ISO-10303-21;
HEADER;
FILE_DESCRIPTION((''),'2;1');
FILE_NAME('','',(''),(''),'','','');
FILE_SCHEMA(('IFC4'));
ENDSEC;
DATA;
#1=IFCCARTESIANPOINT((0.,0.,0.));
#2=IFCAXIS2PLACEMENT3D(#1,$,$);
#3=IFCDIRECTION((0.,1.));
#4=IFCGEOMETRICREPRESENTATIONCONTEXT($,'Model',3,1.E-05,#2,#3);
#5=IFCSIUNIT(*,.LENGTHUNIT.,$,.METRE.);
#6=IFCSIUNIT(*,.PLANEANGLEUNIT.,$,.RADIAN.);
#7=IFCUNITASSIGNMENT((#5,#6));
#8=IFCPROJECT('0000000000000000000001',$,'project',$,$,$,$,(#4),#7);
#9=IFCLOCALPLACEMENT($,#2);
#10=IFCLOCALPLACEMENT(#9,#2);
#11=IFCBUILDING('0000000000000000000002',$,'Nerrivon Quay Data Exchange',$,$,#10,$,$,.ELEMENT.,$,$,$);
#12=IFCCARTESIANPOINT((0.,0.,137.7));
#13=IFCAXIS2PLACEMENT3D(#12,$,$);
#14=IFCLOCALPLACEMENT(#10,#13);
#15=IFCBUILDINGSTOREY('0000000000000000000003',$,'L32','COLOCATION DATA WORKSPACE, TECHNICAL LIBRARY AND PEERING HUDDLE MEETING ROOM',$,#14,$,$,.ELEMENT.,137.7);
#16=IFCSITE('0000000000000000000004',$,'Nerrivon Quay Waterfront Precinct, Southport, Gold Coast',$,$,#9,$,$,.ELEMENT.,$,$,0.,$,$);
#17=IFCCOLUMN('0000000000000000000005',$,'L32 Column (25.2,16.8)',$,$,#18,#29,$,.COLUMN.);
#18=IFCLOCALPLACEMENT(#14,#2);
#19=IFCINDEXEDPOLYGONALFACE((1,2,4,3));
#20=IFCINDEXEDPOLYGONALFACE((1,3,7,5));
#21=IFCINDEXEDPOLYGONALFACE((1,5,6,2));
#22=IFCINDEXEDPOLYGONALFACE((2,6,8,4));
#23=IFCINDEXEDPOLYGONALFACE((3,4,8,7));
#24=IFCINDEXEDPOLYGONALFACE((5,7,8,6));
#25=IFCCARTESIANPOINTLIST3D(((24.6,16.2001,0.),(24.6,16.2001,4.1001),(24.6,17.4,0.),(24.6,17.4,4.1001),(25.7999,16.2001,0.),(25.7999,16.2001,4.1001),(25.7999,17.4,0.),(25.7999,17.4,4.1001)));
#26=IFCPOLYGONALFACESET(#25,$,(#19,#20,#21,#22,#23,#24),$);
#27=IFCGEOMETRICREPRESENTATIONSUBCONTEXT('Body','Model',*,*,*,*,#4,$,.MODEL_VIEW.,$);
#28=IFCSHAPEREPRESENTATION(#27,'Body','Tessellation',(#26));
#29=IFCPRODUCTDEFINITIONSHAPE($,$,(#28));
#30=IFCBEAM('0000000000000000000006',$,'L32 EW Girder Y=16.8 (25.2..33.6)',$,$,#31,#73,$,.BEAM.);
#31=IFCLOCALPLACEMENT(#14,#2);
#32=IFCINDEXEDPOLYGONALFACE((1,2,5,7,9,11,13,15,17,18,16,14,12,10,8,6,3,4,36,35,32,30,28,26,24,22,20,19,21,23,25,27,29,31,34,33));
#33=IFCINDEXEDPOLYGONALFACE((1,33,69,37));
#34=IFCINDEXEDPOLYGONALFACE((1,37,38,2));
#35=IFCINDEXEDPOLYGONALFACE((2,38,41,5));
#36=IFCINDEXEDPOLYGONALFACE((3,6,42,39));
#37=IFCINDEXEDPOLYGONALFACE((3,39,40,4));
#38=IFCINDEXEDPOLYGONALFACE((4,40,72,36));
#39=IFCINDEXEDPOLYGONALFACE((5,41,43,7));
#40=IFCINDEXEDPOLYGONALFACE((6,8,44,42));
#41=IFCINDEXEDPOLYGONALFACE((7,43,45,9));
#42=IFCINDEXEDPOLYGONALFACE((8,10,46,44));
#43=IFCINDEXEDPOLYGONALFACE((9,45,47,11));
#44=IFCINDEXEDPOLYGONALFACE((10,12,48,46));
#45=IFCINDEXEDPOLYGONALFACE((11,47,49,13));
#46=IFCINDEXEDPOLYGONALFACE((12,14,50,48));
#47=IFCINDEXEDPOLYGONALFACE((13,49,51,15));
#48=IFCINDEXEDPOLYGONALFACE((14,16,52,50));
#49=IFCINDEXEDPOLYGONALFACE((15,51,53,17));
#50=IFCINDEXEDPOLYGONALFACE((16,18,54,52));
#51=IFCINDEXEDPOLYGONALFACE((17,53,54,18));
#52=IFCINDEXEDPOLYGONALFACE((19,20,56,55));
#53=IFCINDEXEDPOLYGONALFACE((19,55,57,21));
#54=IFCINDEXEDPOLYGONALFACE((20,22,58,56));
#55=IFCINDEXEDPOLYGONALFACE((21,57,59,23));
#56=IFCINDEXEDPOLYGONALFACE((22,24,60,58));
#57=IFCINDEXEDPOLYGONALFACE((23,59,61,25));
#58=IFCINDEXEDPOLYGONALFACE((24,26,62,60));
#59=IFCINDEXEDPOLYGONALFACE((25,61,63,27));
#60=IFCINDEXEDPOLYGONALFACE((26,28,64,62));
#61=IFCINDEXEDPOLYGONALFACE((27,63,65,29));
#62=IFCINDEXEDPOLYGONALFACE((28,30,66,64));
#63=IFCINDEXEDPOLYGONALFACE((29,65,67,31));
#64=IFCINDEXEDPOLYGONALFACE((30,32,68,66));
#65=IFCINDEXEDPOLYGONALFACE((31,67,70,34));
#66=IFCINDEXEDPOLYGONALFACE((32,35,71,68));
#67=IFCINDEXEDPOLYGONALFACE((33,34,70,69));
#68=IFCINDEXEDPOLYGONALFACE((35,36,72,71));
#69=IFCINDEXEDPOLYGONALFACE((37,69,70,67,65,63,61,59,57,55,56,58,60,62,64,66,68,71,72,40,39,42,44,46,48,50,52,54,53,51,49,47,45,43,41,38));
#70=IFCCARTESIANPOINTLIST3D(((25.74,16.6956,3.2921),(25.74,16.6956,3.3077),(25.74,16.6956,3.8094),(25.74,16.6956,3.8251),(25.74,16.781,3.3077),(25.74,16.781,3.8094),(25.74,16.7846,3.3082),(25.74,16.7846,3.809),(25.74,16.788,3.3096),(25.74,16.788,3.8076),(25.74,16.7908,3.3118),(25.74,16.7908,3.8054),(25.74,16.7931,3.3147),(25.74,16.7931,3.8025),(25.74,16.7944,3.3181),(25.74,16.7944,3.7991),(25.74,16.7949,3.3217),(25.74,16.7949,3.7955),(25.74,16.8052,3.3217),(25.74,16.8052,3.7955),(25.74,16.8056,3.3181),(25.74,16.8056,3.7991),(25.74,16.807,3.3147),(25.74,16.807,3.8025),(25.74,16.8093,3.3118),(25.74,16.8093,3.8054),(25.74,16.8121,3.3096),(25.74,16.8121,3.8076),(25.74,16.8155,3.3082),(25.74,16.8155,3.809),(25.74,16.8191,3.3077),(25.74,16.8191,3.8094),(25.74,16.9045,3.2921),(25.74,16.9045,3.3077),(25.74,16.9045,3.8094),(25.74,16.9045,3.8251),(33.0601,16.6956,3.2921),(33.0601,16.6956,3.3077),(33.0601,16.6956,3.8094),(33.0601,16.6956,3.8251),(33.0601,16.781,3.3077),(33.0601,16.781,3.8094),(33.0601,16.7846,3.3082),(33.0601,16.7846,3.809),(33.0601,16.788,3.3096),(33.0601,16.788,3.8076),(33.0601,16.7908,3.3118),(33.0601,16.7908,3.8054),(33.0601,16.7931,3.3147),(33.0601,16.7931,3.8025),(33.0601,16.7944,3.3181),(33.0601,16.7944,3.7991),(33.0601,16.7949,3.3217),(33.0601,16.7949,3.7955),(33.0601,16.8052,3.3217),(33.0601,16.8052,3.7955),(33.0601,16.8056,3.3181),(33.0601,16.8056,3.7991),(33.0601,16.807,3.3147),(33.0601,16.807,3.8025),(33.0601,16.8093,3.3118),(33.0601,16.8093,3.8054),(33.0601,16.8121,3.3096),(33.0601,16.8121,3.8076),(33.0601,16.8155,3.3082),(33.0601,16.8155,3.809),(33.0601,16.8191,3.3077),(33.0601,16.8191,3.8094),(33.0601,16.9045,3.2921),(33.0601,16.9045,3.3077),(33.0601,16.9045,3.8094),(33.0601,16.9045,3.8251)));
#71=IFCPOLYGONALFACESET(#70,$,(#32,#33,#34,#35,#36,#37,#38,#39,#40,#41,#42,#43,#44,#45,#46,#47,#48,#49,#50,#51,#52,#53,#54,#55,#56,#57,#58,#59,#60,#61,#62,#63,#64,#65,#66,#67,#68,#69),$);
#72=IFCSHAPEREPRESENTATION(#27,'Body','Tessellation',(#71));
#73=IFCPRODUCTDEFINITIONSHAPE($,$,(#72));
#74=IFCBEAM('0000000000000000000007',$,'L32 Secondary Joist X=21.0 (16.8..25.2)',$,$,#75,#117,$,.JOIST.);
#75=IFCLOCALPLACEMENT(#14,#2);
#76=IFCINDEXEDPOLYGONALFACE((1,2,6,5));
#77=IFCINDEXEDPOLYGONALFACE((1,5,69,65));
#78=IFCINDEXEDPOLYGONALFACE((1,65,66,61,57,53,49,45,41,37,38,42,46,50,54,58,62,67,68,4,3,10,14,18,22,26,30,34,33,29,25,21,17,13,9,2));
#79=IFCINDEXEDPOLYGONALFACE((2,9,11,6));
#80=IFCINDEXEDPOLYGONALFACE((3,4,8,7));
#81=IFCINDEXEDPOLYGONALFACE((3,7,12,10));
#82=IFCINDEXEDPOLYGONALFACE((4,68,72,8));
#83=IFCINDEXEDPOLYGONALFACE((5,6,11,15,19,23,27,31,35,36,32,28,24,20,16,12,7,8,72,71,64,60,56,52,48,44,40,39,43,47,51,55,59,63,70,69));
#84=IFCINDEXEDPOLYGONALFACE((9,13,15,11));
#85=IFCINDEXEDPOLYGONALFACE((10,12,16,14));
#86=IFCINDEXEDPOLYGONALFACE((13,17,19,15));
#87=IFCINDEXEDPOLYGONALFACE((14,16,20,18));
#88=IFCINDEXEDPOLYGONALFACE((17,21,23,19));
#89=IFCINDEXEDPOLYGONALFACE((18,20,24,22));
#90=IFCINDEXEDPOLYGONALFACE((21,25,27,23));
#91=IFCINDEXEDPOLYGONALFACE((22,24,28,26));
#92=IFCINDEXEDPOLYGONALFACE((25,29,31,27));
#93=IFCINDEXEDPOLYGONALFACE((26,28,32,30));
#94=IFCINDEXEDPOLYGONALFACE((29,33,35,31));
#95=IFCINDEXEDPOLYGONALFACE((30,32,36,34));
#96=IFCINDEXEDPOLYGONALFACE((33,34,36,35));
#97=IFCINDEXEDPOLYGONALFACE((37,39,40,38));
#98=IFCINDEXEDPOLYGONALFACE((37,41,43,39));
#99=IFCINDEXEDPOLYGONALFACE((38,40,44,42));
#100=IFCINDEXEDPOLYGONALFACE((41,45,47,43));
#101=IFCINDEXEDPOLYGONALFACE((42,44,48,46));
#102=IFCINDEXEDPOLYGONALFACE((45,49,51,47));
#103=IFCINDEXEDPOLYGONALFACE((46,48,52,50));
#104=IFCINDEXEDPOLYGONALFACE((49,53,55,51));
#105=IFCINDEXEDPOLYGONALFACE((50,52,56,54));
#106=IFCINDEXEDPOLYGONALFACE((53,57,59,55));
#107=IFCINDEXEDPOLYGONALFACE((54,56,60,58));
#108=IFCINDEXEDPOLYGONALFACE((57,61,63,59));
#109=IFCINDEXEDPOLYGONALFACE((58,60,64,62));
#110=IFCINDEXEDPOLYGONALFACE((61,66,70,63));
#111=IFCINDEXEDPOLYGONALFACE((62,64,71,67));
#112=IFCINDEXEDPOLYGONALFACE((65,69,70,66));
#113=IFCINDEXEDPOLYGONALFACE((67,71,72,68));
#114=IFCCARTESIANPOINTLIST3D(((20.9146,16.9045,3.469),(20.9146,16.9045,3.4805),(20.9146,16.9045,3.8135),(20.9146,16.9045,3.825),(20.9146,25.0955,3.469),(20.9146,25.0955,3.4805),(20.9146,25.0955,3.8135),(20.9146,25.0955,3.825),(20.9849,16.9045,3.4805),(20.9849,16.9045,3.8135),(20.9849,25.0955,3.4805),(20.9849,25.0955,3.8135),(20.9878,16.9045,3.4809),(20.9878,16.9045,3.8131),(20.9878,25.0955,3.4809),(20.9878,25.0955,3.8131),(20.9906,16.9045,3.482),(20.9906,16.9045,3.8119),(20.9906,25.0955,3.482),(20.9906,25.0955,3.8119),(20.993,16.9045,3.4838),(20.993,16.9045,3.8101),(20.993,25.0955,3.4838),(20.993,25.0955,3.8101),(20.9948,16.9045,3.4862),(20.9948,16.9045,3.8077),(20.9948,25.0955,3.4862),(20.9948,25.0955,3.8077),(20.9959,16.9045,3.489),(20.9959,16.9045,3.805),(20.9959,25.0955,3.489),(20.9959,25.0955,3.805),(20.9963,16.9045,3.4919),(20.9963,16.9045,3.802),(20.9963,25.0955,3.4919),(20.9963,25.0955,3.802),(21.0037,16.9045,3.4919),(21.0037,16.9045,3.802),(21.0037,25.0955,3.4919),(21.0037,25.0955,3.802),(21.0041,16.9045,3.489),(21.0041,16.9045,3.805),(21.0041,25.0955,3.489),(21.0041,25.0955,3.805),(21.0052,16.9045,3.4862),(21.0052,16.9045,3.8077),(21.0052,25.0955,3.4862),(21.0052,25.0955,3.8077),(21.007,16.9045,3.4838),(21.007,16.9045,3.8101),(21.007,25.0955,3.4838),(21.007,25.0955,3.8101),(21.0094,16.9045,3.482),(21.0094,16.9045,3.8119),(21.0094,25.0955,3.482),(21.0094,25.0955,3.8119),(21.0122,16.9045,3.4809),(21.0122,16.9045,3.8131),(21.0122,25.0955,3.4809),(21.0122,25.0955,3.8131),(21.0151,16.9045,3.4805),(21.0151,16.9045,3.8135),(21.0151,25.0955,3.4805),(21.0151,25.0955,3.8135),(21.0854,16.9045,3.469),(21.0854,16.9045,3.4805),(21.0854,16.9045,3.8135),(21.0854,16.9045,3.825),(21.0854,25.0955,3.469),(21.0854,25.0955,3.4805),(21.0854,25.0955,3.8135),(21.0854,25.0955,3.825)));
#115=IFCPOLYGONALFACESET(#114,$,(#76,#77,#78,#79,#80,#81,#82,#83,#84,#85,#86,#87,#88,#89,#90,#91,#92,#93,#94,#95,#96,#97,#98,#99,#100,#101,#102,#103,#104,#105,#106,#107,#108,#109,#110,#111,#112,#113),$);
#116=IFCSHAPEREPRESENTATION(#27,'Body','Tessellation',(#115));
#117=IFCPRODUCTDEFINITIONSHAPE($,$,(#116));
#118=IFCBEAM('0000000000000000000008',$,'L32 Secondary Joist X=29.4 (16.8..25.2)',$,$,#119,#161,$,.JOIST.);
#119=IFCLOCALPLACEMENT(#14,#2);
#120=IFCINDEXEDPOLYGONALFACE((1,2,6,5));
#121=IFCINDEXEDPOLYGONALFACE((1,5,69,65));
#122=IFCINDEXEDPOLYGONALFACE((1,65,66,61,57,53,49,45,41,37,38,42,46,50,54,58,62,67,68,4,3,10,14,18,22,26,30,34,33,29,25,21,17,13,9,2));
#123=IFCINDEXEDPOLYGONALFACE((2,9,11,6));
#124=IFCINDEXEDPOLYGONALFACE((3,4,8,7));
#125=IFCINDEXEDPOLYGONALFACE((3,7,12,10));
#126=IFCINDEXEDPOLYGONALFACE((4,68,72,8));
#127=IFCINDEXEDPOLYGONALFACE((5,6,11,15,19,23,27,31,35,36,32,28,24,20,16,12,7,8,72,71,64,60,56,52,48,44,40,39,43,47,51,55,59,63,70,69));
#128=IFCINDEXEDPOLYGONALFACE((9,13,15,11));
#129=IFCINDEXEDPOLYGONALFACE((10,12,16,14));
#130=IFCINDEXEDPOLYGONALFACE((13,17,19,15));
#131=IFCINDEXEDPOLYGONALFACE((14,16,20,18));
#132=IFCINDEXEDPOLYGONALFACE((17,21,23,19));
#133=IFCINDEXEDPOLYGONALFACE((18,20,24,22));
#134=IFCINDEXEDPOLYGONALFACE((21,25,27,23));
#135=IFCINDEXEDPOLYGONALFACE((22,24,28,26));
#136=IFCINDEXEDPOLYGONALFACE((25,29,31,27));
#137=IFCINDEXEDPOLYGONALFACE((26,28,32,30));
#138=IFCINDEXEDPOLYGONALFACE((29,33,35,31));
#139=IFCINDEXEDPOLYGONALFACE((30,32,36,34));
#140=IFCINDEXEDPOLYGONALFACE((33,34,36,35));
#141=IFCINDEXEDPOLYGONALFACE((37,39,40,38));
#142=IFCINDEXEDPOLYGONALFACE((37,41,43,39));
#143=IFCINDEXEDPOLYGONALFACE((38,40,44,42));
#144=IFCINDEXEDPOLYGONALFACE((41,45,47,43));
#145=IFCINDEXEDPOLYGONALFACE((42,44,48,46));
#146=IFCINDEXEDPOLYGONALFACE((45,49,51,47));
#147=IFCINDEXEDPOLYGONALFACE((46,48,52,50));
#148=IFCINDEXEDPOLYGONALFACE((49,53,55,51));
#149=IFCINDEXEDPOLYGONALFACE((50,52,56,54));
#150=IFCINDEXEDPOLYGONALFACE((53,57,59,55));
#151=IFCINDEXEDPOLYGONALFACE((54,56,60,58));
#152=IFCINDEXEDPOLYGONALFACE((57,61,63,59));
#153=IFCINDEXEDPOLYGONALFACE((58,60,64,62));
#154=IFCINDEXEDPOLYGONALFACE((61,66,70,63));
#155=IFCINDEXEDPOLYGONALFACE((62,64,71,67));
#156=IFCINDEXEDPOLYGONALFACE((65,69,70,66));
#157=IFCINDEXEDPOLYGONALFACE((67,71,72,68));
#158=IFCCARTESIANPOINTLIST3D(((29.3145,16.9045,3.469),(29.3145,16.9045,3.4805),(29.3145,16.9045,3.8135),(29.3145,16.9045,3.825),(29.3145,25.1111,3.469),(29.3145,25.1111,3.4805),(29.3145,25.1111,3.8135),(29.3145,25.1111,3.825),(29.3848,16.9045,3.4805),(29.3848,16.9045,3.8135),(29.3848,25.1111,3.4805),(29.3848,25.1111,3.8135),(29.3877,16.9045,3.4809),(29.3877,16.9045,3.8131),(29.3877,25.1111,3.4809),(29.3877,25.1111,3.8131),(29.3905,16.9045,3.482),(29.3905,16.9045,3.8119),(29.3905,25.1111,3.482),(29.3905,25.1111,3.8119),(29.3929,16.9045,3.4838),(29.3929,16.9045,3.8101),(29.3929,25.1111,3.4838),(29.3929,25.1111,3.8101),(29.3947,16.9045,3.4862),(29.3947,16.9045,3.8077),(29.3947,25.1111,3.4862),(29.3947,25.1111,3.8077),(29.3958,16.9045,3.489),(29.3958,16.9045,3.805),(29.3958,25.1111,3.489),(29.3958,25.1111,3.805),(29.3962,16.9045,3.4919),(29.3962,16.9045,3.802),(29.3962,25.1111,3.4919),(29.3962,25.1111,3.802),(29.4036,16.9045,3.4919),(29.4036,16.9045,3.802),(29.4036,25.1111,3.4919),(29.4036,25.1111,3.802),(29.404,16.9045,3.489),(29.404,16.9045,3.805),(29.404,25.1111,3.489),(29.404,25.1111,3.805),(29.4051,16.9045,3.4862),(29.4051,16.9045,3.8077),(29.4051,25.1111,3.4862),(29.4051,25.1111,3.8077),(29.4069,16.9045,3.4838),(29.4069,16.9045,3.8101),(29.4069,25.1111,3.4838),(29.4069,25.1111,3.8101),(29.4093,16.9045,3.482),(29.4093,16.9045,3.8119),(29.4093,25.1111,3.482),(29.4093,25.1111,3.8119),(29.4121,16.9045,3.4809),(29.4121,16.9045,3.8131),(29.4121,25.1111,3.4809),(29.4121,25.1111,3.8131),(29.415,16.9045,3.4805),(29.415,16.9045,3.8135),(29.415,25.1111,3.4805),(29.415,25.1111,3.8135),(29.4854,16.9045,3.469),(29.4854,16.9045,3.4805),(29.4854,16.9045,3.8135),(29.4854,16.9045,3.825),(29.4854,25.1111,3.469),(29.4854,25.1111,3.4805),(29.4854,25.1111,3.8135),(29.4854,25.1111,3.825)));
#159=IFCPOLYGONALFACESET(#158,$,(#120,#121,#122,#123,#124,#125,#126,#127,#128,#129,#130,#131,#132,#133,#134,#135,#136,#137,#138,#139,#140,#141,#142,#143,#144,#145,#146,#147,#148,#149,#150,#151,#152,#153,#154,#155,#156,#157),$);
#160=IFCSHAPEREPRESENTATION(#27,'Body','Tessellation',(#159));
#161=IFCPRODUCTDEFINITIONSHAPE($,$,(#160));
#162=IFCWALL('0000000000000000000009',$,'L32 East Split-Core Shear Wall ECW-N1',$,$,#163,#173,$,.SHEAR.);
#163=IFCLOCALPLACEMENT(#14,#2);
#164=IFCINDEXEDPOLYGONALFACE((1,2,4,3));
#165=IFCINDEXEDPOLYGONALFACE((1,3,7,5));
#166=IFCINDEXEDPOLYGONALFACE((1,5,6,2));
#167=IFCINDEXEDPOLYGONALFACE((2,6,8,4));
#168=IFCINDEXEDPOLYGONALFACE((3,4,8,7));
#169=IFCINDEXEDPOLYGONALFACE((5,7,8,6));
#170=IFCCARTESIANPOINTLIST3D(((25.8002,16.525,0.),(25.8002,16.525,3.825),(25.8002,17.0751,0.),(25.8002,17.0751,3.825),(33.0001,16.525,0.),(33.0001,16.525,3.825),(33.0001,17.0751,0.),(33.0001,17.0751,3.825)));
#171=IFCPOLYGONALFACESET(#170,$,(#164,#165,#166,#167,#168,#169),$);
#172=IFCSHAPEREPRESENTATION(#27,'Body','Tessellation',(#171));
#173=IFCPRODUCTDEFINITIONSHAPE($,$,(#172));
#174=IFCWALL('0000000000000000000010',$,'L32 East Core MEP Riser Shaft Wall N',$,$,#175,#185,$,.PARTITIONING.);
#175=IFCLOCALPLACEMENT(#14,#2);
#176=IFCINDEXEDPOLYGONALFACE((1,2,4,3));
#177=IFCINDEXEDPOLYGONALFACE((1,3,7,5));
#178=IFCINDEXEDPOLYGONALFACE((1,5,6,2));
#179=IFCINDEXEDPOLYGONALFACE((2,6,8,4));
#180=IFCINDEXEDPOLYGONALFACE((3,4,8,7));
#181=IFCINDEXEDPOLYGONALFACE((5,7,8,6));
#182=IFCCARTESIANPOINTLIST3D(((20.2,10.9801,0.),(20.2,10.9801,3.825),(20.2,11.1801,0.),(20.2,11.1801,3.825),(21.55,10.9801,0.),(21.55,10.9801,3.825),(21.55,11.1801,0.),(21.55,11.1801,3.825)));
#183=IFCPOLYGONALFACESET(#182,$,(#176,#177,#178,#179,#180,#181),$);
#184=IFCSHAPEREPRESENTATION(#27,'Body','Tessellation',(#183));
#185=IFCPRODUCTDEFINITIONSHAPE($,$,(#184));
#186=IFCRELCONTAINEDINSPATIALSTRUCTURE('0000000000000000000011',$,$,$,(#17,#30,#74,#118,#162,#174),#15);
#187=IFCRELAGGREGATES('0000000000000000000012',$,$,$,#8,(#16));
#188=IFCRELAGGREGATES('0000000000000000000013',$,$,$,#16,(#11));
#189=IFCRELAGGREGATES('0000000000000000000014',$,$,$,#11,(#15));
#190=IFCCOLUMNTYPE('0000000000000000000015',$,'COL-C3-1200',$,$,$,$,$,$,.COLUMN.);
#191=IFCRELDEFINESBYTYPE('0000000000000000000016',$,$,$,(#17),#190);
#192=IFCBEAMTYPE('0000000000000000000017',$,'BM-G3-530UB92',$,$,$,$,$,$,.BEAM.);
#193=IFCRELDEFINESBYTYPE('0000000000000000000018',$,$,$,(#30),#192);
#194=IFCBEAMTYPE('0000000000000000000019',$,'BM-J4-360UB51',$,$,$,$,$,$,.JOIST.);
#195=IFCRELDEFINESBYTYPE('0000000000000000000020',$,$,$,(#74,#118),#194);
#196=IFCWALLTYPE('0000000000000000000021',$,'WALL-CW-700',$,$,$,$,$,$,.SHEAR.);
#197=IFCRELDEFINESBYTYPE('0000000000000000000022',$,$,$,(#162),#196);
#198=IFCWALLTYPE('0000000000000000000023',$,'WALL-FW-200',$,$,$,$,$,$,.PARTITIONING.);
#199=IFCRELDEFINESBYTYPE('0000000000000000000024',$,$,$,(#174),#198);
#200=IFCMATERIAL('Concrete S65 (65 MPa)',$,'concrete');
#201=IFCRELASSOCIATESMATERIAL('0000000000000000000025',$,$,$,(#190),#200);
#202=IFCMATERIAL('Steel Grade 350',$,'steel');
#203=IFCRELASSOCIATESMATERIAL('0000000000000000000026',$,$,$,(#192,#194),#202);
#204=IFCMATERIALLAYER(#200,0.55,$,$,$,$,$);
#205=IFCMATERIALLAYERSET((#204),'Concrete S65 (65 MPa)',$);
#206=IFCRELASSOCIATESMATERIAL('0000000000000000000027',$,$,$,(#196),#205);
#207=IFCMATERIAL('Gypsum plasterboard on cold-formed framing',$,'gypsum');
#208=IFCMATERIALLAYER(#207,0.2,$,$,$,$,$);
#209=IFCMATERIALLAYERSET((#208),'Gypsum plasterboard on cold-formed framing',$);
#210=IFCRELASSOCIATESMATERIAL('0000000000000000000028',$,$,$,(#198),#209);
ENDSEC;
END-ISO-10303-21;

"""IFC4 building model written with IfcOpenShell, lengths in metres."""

from ifc_helpers import new_model, si_unit, direction, frame, frame_2d, origin, origin_2d, place, context, subcontext, project, spatial, rectangle, i_section, extrude, material, layer, layer_set, material_profile, profile_set, type_object, element, save


model = new_model("IFC4")

# Units and contexts
model_context = context("Model", 3, precision=1e-05, world=origin(), true_north=direction((0.0, 1.0)))
body_context = subcontext(model_context, "Body", "Model", "MODEL_VIEW")
ifc_project = project(units=[si_unit("LENGTHUNIT", "METRE"), si_unit("PLANEANGLEUNIT", "RADIAN")], contexts=[model_context])

# Site, building, storey
site_placement = place(None, origin())
site = spatial("IfcSite", under=ifc_project, at=site_placement, Name="Nerrivon Quay Waterfront Precinct, Southport, Gold Coast", CompositionType="ELEMENT", RefElevation=0.0)
building_placement = place(site_placement, origin())
building = spatial("IfcBuilding", under=site, at=building_placement, Name="Nerrivon Quay Data Exchange", CompositionType="ELEMENT")
storey_placement = place(building_placement, frame((0.0, 0.0, 137.7)))
storey = spatial("IfcBuildingStorey", under=building, at=storey_placement, Name="L32", Description="COLOCATION DATA WORKSPACE, TECHNICAL LIBRARY AND PEERING HUDDLE MEETING ROOM", CompositionType="ELEMENT", Elevation=137.7)

# Column
ifc_material_1 = material(Name="Concrete S65 (65 MPa)", Category="concrete")
ifc_material_profile_1 = material_profile(ifc_material_1, rectangle(XDim=1.2, YDim=1.2, at=origin_2d()), Name="RC-COL-1200x1200")
ifc_profile_set_1 = profile_set([ifc_material_profile_1], Name="Concrete S65 (65 MPa)")
column_type = type_object("IfcColumnType", Name="COL-C3-1200", PredefinedType="COLUMN", material=ifc_profile_set_1)
column_placement = place(storey_placement, frame((25.2, 16.8, 0.0), z_axis=(0.0, 0.0, 1.0), x_axis=(1.0, 0.0, 0.0)))
element("IfcColumn", 1, at=column_placement, inside=storey, type_object=column_type, Name="L32 Column (25.2,16.8)", PredefinedType="COLUMN", context=body_context, shape_type="SweptSolid", body=[
    extrude(rectangle(XDim=1.2, YDim=1.2, at=origin_2d()), origin(), (0.0, 0.0, 1.0), 4.1001),
])

# Beams
ifc_material_2 = material(Name="Steel Grade 350", Category="steel")
ifc_material_profile_2 = material_profile(ifc_material_2, i_section(OverallWidth=0.209, OverallDepth=0.533, WebThickness=0.0103, FlangeThickness=0.0156, FilletRadius=0.0139, at=origin_2d()), Name="530UB92.4")
ifc_profile_set_2 = profile_set([ifc_material_profile_2], Name="Steel Grade 350")
beam_type_1 = type_object("IfcBeamType", Name="BM-G3-530UB92", PredefinedType="BEAM", material=ifc_profile_set_2)
beam_1_placement = place(storey_placement, frame((25.74, 16.8, 3.5586), z_axis=(1.0, 0.0, 0.0), x_axis=(0.0, 1.0, 0.0)))
element("IfcBeam", 2, at=beam_1_placement, inside=storey, type_object=beam_type_1, Name="L32 EW Girder Y=16.8 (25.2..33.6)", PredefinedType="BEAM", context=body_context, shape_type="SweptSolid", body=[
    extrude(i_section(OverallWidth=0.209, OverallDepth=0.533, WebThickness=0.0103, FlangeThickness=0.0156, FilletRadius=0.0139, at=origin_2d()), origin(), (0.0, 0.0, 1.0), 7.3201),
])
ifc_material_profile_3 = material_profile(ifc_material_2, i_section(OverallWidth=0.1709, OverallDepth=0.356, WebThickness=0.0073, FlangeThickness=0.0115, FilletRadius=0.0115, at=origin_2d()), Name="360UB50.7")
ifc_profile_set_3 = profile_set([ifc_material_profile_3], Name="Steel Grade 350")
beam_type_2 = type_object("IfcBeamType", Name="BM-J4-360UB51", PredefinedType="JOIST", material=ifc_profile_set_3)
beam_2_placement = place(storey_placement, frame((21.0, 16.9045, 3.647), z_axis=(0.0, 1.0, 0.0), x_axis=(-1.0, 0.0, 0.0)))
element("IfcBeam", 3, at=beam_2_placement, inside=storey, type_object=beam_type_2, Name="L32 Secondary Joist X=21.0 (16.8..25.2)", PredefinedType="JOIST", context=body_context, shape_type="SweptSolid", body=[
    extrude(i_section(OverallWidth=0.1709, OverallDepth=0.356, WebThickness=0.0073, FlangeThickness=0.0115, FilletRadius=0.0115, at=origin_2d()), origin(), (0.0, 0.0, 1.0), 8.1909),
])
beam_3_placement = place(storey_placement, frame((29.3999, 16.9045, 3.647), z_axis=(0.0, 1.0, 0.0), x_axis=(-1.0, 0.0, 0.0)))
element("IfcBeam", 4, at=beam_3_placement, inside=storey, type_object=beam_type_2, Name="L32 Secondary Joist X=29.4 (16.8..25.2)", PredefinedType="JOIST", context=body_context, shape_type="SweptSolid", body=[
    extrude(i_section(OverallWidth=0.1709, OverallDepth=0.356, WebThickness=0.0073, FlangeThickness=0.0115, FilletRadius=0.0115, at=origin_2d()), origin(), (0.0, 0.0, 1.0), 8.2065),
])

# Walls
ifc_layer_1 = layer(ifc_material_1, 0.55)
ifc_layer_set_1 = layer_set([ifc_layer_1], Name="Concrete S65 (65 MPa)")
wall_type_1 = type_object("IfcWallType", Name="WALL-CW-700", PredefinedType="SHEAR", material=ifc_layer_set_1)
wall_1_placement = place(storey_placement, frame((25.8, 16.8, 0.0), z_axis=(0.0, 0.0, 1.0), x_axis=(1.0, 0.0, 0.0)))
element("IfcWall", 5, at=wall_1_placement, inside=storey, type_object=wall_type_1, Name="L32 East Split-Core Shear Wall ECW-N1", PredefinedType="SHEAR", context=body_context, shape_type="SweptSolid", body=[
    extrude(rectangle(XDim=7.2, YDim=0.55, at=frame_2d((3.6001, 0.0))), origin(), (0.0, 0.0, 1.0), 3.825),
])
ifc_material_3 = material(Name="Gypsum plasterboard on cold-formed framing", Category="gypsum")
ifc_layer_2 = layer(ifc_material_3, 0.2)
ifc_layer_set_2 = layer_set([ifc_layer_2], Name="Gypsum plasterboard on cold-formed framing")
wall_type_2 = type_object("IfcWallType", Name="WALL-FW-200", PredefinedType="PARTITIONING", material=ifc_layer_set_2)
wall_2_placement = place(storey_placement, frame((20.2, 11.0801, 0.0), z_axis=(0.0, 0.0, 1.0), x_axis=(1.0, 0.0, 0.0)))
element("IfcWall", 6, at=wall_2_placement, inside=storey, type_object=wall_type_2, Name="L32 East Core MEP Riser Shaft Wall N", PredefinedType="PARTITIONING", context=body_context, shape_type="SweptSolid", body=[
    extrude(rectangle(XDim=1.3501, YDim=0.2, at=frame_2d((0.675, 0.0))), origin(), (0.0, 0.0, 1.0), 3.825),
])

save(model, "model.ifc")
